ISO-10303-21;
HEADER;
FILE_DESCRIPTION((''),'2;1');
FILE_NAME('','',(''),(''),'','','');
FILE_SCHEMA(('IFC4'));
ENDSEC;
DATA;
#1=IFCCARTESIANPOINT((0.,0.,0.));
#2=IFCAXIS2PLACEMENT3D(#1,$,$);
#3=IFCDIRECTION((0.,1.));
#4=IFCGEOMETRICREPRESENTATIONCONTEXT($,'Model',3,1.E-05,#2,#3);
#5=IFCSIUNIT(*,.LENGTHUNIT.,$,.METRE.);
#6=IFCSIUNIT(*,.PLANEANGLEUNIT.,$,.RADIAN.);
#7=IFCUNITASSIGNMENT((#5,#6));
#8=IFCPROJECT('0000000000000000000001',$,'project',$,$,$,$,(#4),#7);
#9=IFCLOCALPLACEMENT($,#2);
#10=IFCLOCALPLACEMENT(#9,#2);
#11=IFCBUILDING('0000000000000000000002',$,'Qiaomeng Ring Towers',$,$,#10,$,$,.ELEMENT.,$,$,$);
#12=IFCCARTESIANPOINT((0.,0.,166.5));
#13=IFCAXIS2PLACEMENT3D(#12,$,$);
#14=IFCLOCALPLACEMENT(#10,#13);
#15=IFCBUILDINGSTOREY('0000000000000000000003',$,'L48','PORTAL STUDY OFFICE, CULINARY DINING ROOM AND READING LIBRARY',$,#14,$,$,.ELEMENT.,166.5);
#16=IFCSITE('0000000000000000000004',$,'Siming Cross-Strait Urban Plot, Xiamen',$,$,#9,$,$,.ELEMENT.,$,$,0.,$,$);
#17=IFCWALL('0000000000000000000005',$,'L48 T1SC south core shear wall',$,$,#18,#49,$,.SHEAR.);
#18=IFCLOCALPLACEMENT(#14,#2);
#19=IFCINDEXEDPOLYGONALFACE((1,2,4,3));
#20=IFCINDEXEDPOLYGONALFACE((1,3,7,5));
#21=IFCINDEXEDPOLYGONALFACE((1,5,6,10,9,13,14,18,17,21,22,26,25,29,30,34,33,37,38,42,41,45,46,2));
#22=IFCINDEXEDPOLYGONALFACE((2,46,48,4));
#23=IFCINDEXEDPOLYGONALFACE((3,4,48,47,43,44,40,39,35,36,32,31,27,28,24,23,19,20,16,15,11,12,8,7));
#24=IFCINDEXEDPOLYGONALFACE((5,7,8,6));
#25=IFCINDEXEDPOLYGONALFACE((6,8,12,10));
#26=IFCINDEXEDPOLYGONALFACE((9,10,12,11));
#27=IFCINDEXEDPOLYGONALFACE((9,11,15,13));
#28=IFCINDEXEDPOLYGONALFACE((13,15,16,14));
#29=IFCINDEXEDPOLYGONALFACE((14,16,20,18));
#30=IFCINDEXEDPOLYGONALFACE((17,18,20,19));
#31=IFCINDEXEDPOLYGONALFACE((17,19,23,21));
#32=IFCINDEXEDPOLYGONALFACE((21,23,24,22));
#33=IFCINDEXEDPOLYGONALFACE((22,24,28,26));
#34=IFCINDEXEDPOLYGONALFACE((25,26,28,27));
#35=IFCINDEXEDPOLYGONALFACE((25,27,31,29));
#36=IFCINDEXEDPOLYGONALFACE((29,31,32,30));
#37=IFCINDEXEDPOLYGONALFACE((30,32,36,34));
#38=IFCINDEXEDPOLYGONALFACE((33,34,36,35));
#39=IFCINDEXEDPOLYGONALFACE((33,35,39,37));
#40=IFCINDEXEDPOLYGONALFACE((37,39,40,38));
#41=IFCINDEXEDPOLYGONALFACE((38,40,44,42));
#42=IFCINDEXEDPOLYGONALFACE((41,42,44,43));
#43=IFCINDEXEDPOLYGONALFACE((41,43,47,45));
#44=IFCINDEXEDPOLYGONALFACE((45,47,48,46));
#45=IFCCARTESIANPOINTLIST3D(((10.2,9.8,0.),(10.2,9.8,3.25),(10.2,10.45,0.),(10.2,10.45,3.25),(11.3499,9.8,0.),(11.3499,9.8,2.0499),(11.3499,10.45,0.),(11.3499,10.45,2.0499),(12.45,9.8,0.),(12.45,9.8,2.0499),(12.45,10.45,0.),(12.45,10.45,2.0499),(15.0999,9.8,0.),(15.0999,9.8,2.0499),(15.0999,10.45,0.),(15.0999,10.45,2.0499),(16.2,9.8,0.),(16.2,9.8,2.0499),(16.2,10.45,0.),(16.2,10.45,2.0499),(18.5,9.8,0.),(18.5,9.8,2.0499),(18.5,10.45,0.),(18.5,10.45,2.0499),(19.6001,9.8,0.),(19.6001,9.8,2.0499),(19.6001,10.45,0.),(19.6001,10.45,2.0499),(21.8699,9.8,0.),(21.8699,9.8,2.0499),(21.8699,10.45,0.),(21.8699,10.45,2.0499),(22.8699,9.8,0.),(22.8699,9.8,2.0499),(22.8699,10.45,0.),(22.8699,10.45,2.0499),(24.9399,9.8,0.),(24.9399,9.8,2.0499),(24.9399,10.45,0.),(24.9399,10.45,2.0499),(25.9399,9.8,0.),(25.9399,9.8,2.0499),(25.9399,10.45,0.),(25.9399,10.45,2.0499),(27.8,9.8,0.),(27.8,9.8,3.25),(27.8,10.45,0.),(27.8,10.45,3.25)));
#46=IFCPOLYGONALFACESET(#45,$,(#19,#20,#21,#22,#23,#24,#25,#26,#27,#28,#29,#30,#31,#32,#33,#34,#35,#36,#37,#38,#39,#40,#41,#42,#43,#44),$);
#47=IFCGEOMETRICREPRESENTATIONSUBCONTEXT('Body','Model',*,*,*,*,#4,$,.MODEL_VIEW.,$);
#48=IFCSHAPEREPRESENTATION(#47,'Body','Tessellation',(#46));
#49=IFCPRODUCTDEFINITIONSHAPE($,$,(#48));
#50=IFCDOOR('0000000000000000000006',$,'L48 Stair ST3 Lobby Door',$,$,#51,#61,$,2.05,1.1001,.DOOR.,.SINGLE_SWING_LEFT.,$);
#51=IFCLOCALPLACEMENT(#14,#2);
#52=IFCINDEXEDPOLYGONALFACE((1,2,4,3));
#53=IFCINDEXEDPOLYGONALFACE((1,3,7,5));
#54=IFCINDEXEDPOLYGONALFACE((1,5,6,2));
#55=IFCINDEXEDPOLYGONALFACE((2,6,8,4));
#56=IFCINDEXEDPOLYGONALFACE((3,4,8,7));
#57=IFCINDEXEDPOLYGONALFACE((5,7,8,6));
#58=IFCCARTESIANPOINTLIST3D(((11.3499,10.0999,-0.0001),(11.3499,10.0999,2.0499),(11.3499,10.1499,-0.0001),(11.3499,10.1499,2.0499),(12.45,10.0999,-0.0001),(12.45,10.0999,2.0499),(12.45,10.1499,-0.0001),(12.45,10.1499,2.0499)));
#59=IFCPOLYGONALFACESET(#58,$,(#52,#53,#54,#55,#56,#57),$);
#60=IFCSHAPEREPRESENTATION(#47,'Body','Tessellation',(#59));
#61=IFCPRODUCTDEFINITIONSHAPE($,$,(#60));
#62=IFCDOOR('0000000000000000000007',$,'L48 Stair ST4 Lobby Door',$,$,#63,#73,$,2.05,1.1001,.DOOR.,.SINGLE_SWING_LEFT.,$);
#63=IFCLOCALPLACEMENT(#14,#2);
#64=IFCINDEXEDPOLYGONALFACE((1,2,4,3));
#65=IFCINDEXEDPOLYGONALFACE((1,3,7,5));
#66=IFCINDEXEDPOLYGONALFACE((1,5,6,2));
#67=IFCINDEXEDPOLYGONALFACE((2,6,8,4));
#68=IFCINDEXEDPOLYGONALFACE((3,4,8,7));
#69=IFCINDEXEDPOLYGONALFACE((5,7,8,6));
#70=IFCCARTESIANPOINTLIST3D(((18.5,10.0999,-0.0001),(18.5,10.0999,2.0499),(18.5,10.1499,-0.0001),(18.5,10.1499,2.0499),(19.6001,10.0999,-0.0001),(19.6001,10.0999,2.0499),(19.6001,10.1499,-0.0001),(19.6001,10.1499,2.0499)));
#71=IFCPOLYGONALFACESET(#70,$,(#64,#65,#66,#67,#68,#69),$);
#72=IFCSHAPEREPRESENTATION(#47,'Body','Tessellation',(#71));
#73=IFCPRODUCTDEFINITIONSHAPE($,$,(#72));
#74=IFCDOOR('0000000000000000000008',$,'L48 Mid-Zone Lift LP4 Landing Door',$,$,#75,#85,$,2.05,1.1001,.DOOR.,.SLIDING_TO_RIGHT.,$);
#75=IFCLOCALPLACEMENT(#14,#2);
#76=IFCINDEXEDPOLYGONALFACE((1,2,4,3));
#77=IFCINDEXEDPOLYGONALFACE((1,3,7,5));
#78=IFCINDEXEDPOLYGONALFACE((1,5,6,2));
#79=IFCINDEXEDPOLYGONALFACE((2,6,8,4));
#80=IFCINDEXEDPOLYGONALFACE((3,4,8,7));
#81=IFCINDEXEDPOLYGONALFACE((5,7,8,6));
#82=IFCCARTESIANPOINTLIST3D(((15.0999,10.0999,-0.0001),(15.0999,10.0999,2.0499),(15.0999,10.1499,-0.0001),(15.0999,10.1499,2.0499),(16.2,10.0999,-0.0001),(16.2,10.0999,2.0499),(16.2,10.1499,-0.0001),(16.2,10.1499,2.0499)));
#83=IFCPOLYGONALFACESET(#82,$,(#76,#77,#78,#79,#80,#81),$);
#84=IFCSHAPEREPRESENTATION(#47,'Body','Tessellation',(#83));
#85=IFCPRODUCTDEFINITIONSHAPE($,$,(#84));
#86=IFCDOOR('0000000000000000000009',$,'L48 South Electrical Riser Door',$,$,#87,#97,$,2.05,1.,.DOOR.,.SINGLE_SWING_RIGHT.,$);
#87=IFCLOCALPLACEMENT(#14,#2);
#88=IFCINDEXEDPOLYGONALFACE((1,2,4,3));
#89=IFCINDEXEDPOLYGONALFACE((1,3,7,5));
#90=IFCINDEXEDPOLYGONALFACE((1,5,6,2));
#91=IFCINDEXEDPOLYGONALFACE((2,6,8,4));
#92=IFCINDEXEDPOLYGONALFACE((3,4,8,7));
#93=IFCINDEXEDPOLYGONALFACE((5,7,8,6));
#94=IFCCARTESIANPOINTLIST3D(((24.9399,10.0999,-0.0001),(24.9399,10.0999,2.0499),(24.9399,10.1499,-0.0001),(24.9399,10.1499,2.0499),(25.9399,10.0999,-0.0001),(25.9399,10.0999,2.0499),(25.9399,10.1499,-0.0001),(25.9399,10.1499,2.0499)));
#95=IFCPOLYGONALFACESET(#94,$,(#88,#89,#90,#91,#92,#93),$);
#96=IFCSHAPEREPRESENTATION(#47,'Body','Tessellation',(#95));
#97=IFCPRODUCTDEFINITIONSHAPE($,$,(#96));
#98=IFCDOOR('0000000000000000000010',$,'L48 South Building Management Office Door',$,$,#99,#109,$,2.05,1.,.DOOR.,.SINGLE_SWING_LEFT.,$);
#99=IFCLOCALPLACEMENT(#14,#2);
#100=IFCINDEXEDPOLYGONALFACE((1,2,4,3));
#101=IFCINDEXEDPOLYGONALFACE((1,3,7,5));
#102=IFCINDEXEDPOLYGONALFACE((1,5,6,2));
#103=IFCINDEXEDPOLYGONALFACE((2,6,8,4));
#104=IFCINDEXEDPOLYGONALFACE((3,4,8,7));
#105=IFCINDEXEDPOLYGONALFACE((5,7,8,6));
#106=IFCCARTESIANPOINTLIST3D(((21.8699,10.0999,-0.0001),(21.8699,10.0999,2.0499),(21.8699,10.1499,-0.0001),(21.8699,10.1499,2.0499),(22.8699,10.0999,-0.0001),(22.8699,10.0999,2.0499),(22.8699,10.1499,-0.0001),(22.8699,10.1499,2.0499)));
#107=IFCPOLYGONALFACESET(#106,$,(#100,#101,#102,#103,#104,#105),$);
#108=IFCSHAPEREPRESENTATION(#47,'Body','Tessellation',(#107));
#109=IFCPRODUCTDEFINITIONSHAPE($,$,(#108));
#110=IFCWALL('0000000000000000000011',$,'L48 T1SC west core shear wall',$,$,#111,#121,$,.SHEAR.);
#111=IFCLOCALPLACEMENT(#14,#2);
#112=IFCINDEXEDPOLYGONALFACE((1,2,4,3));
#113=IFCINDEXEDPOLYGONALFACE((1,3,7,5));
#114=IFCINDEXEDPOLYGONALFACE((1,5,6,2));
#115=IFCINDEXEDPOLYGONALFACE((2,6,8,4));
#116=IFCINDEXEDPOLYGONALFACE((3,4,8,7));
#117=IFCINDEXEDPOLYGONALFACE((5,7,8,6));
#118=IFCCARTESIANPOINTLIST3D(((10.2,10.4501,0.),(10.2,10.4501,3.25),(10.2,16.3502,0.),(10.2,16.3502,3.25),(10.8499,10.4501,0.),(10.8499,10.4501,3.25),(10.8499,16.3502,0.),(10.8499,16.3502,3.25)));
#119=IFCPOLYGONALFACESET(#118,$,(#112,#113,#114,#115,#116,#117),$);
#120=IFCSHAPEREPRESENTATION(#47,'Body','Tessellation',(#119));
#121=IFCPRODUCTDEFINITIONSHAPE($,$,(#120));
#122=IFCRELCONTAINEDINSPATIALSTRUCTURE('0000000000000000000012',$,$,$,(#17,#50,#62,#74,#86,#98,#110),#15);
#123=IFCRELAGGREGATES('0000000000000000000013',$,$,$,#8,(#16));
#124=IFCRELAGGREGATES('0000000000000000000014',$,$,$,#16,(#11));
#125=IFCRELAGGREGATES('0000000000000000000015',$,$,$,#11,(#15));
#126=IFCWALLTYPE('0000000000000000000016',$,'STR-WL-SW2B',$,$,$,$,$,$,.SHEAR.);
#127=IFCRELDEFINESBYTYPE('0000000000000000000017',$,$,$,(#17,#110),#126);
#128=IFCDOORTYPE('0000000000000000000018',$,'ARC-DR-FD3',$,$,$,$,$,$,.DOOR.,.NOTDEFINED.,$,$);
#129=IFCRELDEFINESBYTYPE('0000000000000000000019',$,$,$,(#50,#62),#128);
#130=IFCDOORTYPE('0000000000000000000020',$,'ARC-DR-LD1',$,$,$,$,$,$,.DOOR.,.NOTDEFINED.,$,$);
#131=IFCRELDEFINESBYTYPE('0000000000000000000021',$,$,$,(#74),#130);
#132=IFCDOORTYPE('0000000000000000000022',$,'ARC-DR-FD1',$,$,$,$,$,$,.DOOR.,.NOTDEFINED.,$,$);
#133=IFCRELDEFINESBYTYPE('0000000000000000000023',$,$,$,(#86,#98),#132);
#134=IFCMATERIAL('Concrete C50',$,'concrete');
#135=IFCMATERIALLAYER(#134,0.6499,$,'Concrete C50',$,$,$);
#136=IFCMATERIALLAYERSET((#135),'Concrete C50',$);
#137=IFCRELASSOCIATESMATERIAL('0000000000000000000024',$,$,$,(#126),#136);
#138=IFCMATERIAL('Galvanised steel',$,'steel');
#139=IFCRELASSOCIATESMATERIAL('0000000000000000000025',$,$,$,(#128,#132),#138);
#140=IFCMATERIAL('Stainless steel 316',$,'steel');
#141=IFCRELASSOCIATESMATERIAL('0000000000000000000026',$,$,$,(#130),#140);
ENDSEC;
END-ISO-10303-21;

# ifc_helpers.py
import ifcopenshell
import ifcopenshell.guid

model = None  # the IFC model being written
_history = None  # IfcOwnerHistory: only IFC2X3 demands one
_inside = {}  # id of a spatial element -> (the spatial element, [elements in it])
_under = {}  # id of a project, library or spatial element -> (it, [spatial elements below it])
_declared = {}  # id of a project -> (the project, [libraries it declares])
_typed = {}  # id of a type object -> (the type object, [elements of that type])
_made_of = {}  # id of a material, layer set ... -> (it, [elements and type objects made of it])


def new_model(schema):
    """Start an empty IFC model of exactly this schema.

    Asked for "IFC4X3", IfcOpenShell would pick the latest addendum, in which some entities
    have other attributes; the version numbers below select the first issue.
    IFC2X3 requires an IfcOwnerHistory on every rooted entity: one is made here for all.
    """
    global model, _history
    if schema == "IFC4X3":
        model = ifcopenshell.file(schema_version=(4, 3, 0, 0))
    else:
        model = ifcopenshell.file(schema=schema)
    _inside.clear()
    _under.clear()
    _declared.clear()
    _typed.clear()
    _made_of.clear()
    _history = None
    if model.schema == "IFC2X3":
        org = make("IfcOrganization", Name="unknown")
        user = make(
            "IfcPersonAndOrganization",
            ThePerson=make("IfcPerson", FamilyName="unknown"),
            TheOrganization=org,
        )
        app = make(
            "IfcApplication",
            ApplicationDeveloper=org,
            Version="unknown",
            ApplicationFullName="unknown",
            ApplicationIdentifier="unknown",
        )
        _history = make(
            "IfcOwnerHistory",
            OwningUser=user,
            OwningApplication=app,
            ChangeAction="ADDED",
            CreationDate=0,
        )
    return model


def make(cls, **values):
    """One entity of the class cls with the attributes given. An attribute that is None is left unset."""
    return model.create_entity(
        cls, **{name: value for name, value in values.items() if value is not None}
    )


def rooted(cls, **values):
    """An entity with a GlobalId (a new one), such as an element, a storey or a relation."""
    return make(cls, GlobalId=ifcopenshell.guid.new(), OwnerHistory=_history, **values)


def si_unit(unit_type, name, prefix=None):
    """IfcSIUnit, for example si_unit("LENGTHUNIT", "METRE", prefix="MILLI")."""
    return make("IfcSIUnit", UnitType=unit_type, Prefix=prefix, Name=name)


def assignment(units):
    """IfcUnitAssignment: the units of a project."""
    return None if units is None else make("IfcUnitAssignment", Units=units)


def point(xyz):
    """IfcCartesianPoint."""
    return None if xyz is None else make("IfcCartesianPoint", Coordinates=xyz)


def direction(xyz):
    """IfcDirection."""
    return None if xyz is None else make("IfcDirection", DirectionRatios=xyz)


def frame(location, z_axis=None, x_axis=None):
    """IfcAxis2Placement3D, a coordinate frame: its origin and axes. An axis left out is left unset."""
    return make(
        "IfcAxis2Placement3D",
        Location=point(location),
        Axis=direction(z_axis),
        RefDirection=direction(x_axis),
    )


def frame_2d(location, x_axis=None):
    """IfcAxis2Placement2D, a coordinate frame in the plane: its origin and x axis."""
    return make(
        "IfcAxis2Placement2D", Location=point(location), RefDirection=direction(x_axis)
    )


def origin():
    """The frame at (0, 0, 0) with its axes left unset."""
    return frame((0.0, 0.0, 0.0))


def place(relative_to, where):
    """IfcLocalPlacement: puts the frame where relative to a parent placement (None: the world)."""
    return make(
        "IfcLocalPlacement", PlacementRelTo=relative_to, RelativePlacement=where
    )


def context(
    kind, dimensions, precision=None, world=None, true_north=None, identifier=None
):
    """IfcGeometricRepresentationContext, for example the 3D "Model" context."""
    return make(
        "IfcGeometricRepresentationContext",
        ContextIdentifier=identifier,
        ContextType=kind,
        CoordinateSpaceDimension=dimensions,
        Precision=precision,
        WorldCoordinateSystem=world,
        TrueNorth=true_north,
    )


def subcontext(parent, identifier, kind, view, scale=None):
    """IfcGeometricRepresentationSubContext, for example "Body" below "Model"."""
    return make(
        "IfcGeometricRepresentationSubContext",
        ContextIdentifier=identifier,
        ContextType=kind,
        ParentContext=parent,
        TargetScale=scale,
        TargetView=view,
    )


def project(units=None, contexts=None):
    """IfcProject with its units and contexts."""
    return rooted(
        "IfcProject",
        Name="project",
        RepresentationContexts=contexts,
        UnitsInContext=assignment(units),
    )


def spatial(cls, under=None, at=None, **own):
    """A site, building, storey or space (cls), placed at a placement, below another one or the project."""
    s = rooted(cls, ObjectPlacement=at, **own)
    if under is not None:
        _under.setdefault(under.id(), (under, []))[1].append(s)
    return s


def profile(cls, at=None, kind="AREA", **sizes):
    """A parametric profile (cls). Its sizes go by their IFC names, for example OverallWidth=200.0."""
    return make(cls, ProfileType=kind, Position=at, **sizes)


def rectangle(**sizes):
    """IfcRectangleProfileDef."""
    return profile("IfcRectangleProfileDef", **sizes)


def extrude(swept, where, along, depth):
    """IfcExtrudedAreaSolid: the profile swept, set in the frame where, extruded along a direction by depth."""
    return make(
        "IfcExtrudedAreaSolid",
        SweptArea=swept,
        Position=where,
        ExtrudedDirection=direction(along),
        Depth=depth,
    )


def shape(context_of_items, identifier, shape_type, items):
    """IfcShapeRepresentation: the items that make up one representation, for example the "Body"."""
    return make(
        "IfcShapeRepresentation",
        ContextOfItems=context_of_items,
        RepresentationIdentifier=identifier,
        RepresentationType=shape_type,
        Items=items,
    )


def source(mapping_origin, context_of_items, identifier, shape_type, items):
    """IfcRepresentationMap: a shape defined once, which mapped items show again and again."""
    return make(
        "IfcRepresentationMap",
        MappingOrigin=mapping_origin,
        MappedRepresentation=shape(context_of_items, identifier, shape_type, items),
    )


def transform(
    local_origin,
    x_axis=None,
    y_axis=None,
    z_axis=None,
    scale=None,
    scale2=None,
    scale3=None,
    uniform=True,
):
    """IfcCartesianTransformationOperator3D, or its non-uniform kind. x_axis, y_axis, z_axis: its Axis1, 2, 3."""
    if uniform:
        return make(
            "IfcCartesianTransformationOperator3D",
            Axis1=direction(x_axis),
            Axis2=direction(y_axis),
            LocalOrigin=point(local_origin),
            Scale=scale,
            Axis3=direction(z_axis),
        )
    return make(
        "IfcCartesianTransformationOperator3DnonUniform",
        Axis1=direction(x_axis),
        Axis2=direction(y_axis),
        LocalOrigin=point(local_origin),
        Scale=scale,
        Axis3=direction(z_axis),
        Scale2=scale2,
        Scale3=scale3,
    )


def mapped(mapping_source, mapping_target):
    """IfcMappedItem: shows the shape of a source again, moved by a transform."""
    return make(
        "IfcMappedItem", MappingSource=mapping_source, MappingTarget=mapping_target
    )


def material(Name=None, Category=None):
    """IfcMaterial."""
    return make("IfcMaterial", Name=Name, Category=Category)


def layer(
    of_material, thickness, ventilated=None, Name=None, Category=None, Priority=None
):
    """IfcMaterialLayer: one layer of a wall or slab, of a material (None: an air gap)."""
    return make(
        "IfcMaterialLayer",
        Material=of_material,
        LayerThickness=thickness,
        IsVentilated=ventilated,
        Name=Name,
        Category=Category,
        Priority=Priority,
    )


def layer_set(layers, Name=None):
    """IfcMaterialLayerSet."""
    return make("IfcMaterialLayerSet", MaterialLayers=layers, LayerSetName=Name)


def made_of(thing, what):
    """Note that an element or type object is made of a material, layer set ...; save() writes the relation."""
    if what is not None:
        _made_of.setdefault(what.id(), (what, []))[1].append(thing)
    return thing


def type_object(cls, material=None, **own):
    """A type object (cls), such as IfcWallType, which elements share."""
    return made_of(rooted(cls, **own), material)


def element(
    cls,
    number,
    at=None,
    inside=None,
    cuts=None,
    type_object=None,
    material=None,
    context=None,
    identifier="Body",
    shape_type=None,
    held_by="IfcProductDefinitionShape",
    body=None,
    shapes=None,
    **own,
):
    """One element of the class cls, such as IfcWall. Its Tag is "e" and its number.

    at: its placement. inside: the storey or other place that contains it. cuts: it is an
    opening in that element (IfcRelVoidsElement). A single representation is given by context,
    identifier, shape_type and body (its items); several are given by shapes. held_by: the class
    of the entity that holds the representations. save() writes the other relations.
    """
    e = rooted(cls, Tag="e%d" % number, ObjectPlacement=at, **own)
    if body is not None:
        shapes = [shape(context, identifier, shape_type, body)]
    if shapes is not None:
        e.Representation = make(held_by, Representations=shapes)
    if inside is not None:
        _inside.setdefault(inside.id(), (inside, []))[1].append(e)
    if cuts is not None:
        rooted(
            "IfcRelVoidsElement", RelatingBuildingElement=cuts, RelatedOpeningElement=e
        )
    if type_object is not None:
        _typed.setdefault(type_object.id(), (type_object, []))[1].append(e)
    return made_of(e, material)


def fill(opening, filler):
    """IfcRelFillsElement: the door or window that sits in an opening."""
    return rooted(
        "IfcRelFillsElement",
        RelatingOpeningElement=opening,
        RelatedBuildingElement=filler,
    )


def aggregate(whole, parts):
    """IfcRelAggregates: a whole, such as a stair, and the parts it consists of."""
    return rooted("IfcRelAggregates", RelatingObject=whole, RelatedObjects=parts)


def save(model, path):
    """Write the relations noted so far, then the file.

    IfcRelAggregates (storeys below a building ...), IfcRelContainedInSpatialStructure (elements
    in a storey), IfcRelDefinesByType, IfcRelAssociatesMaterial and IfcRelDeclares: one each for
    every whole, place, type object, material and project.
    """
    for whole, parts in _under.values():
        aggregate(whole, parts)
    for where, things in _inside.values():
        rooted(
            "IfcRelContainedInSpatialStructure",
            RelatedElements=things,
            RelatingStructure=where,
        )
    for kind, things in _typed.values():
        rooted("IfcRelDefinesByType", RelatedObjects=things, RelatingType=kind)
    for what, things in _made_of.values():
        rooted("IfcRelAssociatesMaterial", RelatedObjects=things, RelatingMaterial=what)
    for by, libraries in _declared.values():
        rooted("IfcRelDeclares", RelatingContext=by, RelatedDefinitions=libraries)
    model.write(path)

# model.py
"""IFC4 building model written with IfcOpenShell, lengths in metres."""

from ifc_helpers import new_model, si_unit, direction, frame, frame_2d, origin, place, context, subcontext, project, spatial, rectangle, extrude, source, transform, mapped, material, layer, layer_set, type_object, element, fill, save


model = new_model("IFC4")

# Units and contexts
model_context = context("Model", 3, precision=1e-05, world=origin(), true_north=direction((0.0, 1.0)))
body_context = subcontext(model_context, "Body", "Model", "MODEL_VIEW")
ifc_project = project(units=[si_unit("LENGTHUNIT", "METRE"), si_unit("PLANEANGLEUNIT", "RADIAN")], contexts=[model_context])

# Site, building, storey
site_placement = place(None, origin())
site = spatial("IfcSite", under=ifc_project, at=site_placement, Name="Siming Cross-Strait Urban Plot, Xiamen", CompositionType="ELEMENT", RefElevation=0.0)
building_placement = place(site_placement, origin())
building = spatial("IfcBuilding", under=site, at=building_placement, Name="Qiaomeng Ring Towers", CompositionType="ELEMENT")
storey_placement = place(building_placement, frame((0.0, 0.0, 166.5)))
storey = spatial("IfcBuildingStorey", under=building, at=storey_placement, Name="L48", Description="PORTAL STUDY OFFICE, CULINARY DINING ROOM AND READING LIBRARY", CompositionType="ELEMENT", Elevation=166.5)

# Shared definitions
shared_shape_1 = source(origin(), body_context, "Body", "SweptSolid", [
    extrude(rectangle(XDim=1.0, YDim=2.05, at=frame_2d((0.5, 1.0249))), frame((0.0, 0.0249, 0.0), z_axis=(0.0, -1.0, 0.0), x_axis=(1.0, 0.0, 0.0)), (0.0, 0.0, 1.0), 0.05),
])

# Wall, openings, doors
ifc_material_1 = material(Name="Concrete C50", Category="concrete")
ifc_layer_1 = layer(ifc_material_1, 0.6499, Name="Concrete C50")
ifc_layer_set_1 = layer_set([ifc_layer_1], Name="Concrete C50")
wall_type_1 = type_object("IfcWallType", Name="STR-WL-SW2B", PredefinedType="SHEAR", material=ifc_layer_set_1)
wall_1_placement = place(storey_placement, frame((10.2, 10.125, 0.0), z_axis=(0.0, 0.0, 1.0), x_axis=(1.0, 0.0, 0.0)))
wall_1 = element("IfcWall", 1, at=wall_1_placement, inside=storey, type_object=wall_type_1, Name="L48 T1SC south core shear wall", PredefinedType="SHEAR", context=body_context, shape_type="SweptSolid", body=[
    extrude(rectangle(XDim=17.6001, YDim=0.6499, at=frame_2d((8.8, 0.0))), origin(), (0.0, 0.0, 1.0), 3.25),
])
opening_1_placement = place(wall_1_placement, frame((1.1499, 0.0, 0.0)))
opening_1 = element("IfcOpeningElement", 2, at=opening_1_placement, cuts=wall_1, PredefinedType="OPENING", context=body_context, shape_type="SweptSolid", body=[
    extrude(rectangle(XDim=1.1001, YDim=2.05, at=frame_2d((0.55, 1.0249))), frame((0.0, 0.335, 0.0), z_axis=(0.0, -1.0, 0.0), x_axis=(1.0, 0.0, 0.0)), (0.0, 0.0, 1.0), 0.6699),
])
opening_2_placement = place(wall_1_placement, frame((8.3, 0.0, 0.0)))
opening_2 = element("IfcOpeningElement", 3, at=opening_2_placement, cuts=wall_1, PredefinedType="OPENING", context=body_context, shape_type="SweptSolid", body=[
    extrude(rectangle(XDim=1.1001, YDim=2.05, at=frame_2d((0.55, 1.0249))), frame((0.0, 0.335, 0.0), z_axis=(0.0, -1.0, 0.0), x_axis=(1.0, 0.0, 0.0)), (0.0, 0.0, 1.0), 0.6699),
])
opening_3_placement = place(wall_1_placement, frame((4.8999, 0.0, 0.0)))
opening_3 = element("IfcOpeningElement", 4, at=opening_3_placement, cuts=wall_1, PredefinedType="OPENING", context=body_context, shape_type="SweptSolid", body=[
    extrude(rectangle(XDim=1.1001, YDim=2.05, at=frame_2d((0.55, 1.0249))), frame((0.0, 0.335, 0.0), z_axis=(0.0, -1.0, 0.0), x_axis=(1.0, 0.0, 0.0)), (0.0, 0.0, 1.0), 0.6699),
])
opening_4_placement = place(wall_1_placement, frame((14.74, 0.0, 0.0)))
opening_4 = element("IfcOpeningElement", 5, at=opening_4_placement, cuts=wall_1, PredefinedType="OPENING", context=body_context, shape_type="SweptSolid", body=[
    extrude(rectangle(XDim=1.0, YDim=2.05, at=frame_2d((0.5, 1.0249))), frame((0.0, 0.335, 0.0), z_axis=(0.0, -1.0, 0.0), x_axis=(1.0, 0.0, 0.0)), (0.0, 0.0, 1.0), 0.6699),
])
opening_5_placement = place(wall_1_placement, frame((11.6699, 0.0, 0.0)))
opening_5 = element("IfcOpeningElement", 6, at=opening_5_placement, cuts=wall_1, PredefinedType="OPENING", context=body_context, shape_type="SweptSolid", body=[
    extrude(rectangle(XDim=1.0, YDim=2.05, at=frame_2d((0.5, 1.0249))), frame((0.0, 0.335, 0.0), z_axis=(0.0, -1.0, 0.0), x_axis=(1.0, 0.0, 0.0)), (0.0, 0.0, 1.0), 0.6699),
])
ifc_material_2 = material(Name="Galvanised steel", Category="steel")
door_type_1 = type_object("IfcDoorType", Name="ARC-DR-FD3", OperationType="NOTDEFINED", PredefinedType="DOOR", material=ifc_material_2)
shared_shape_2 = source(origin(), body_context, "Body", "SweptSolid", [
    extrude(rectangle(XDim=1.1001, YDim=2.05, at=frame_2d((0.55, 1.0249))), frame((0.0, 0.0249, 0.0), z_axis=(0.0, -1.0, 0.0), x_axis=(1.0, 0.0, 0.0)), (0.0, 0.0, 1.0), 0.05),
])
door_1_placement = place(opening_1_placement, origin())
door_1 = element("IfcDoor", 7, at=door_1_placement, inside=storey, type_object=door_type_1, Name="L48 Stair ST3 Lobby Door", OperationType="SINGLE_SWING_LEFT", OverallHeight=2.05, OverallWidth=1.1001, PredefinedType="DOOR", context=body_context, shape_type="MappedRepresentation", body=[
    mapped(shared_shape_2, transform((0.0, 0.0, 0.0), x_axis=(1.0, 0.0, 0.0), y_axis=(0.0, 1.0, 0.0), z_axis=(0.0, 0.0, 1.0), scale=1.0)),
])
fill(opening_1, door_1)
door_2_placement = place(opening_2_placement, origin())
door_2 = element("IfcDoor", 8, at=door_2_placement, inside=storey, type_object=door_type_1, Name="L48 Stair ST4 Lobby Door", OperationType="SINGLE_SWING_LEFT", OverallHeight=2.05, OverallWidth=1.1001, PredefinedType="DOOR", context=body_context, shape_type="MappedRepresentation", body=[
    mapped(shared_shape_2, transform((0.0, 0.0, 0.0), x_axis=(1.0, 0.0, 0.0), y_axis=(0.0, 1.0, 0.0), z_axis=(0.0, 0.0, 1.0), scale=1.0)),
])
fill(opening_2, door_2)
ifc_material_3 = material(Name="Stainless steel 316", Category="steel")
door_type_2 = type_object("IfcDoorType", Name="ARC-DR-LD1", OperationType="NOTDEFINED", PredefinedType="DOOR", material=ifc_material_3)
door_3_placement = place(opening_3_placement, origin())
door_3 = element("IfcDoor", 9, at=door_3_placement, inside=storey, type_object=door_type_2, Name="L48 Mid-Zone Lift LP4 Landing Door", OperationType="SLIDING_TO_RIGHT", OverallHeight=2.05, OverallWidth=1.1001, PredefinedType="DOOR", context=body_context, shape_type="MappedRepresentation", body=[
    mapped(shared_shape_2, transform((0.0, 0.0, 0.0), x_axis=(1.0, 0.0, 0.0), y_axis=(0.0, 1.0, 0.0), z_axis=(0.0, 0.0, 1.0), scale=1.0)),
])
fill(opening_3, door_3)
door_type_3 = type_object("IfcDoorType", Name="ARC-DR-FD1", OperationType="NOTDEFINED", PredefinedType="DOOR", material=ifc_material_2)
door_4_placement = place(opening_4_placement, origin())
door_4 = element("IfcDoor", 10, at=door_4_placement, inside=storey, type_object=door_type_3, Name="L48 South Electrical Riser Door", OperationType="SINGLE_SWING_RIGHT", OverallHeight=2.05, OverallWidth=1.0, PredefinedType="DOOR", context=body_context, shape_type="MappedRepresentation", body=[
    mapped(shared_shape_1, transform((0.0, 0.0, 0.0), x_axis=(1.0, 0.0, 0.0), y_axis=(0.0, 1.0, 0.0), z_axis=(0.0, 0.0, 1.0), scale=1.0)),
])
fill(opening_4, door_4)
door_5_placement = place(opening_5_placement, origin())
door_5 = element("IfcDoor", 11, at=door_5_placement, inside=storey, type_object=door_type_3, Name="L48 South Building Management Office Door", OperationType="SINGLE_SWING_LEFT", OverallHeight=2.05, OverallWidth=1.0, PredefinedType="DOOR", context=body_context, shape_type="MappedRepresentation", body=[
    mapped(shared_shape_1, transform((0.0, 0.0, 0.0), x_axis=(1.0, 0.0, 0.0), y_axis=(0.0, 1.0, 0.0), z_axis=(0.0, 0.0, 1.0), scale=1.0)),
])
fill(opening_5, door_5)

# Wall
wall_2_placement = place(storey_placement, frame((10.5249, 10.45, 0.0), z_axis=(0.0, 0.0, 1.0), x_axis=(0.0, 1.0, 0.0)))
element("IfcWall", 12, at=wall_2_placement, inside=storey, type_object=wall_type_1, Name="L48 T1SC west core shear wall", PredefinedType="SHEAR", context=body_context, shape_type="SweptSolid", body=[
    extrude(rectangle(XDim=5.9001, YDim=0.6499, at=frame_2d((2.9502, 0.0))), origin(), (0.0, 0.0, 1.0), 3.25),
])

save(model, "model.ifc")
